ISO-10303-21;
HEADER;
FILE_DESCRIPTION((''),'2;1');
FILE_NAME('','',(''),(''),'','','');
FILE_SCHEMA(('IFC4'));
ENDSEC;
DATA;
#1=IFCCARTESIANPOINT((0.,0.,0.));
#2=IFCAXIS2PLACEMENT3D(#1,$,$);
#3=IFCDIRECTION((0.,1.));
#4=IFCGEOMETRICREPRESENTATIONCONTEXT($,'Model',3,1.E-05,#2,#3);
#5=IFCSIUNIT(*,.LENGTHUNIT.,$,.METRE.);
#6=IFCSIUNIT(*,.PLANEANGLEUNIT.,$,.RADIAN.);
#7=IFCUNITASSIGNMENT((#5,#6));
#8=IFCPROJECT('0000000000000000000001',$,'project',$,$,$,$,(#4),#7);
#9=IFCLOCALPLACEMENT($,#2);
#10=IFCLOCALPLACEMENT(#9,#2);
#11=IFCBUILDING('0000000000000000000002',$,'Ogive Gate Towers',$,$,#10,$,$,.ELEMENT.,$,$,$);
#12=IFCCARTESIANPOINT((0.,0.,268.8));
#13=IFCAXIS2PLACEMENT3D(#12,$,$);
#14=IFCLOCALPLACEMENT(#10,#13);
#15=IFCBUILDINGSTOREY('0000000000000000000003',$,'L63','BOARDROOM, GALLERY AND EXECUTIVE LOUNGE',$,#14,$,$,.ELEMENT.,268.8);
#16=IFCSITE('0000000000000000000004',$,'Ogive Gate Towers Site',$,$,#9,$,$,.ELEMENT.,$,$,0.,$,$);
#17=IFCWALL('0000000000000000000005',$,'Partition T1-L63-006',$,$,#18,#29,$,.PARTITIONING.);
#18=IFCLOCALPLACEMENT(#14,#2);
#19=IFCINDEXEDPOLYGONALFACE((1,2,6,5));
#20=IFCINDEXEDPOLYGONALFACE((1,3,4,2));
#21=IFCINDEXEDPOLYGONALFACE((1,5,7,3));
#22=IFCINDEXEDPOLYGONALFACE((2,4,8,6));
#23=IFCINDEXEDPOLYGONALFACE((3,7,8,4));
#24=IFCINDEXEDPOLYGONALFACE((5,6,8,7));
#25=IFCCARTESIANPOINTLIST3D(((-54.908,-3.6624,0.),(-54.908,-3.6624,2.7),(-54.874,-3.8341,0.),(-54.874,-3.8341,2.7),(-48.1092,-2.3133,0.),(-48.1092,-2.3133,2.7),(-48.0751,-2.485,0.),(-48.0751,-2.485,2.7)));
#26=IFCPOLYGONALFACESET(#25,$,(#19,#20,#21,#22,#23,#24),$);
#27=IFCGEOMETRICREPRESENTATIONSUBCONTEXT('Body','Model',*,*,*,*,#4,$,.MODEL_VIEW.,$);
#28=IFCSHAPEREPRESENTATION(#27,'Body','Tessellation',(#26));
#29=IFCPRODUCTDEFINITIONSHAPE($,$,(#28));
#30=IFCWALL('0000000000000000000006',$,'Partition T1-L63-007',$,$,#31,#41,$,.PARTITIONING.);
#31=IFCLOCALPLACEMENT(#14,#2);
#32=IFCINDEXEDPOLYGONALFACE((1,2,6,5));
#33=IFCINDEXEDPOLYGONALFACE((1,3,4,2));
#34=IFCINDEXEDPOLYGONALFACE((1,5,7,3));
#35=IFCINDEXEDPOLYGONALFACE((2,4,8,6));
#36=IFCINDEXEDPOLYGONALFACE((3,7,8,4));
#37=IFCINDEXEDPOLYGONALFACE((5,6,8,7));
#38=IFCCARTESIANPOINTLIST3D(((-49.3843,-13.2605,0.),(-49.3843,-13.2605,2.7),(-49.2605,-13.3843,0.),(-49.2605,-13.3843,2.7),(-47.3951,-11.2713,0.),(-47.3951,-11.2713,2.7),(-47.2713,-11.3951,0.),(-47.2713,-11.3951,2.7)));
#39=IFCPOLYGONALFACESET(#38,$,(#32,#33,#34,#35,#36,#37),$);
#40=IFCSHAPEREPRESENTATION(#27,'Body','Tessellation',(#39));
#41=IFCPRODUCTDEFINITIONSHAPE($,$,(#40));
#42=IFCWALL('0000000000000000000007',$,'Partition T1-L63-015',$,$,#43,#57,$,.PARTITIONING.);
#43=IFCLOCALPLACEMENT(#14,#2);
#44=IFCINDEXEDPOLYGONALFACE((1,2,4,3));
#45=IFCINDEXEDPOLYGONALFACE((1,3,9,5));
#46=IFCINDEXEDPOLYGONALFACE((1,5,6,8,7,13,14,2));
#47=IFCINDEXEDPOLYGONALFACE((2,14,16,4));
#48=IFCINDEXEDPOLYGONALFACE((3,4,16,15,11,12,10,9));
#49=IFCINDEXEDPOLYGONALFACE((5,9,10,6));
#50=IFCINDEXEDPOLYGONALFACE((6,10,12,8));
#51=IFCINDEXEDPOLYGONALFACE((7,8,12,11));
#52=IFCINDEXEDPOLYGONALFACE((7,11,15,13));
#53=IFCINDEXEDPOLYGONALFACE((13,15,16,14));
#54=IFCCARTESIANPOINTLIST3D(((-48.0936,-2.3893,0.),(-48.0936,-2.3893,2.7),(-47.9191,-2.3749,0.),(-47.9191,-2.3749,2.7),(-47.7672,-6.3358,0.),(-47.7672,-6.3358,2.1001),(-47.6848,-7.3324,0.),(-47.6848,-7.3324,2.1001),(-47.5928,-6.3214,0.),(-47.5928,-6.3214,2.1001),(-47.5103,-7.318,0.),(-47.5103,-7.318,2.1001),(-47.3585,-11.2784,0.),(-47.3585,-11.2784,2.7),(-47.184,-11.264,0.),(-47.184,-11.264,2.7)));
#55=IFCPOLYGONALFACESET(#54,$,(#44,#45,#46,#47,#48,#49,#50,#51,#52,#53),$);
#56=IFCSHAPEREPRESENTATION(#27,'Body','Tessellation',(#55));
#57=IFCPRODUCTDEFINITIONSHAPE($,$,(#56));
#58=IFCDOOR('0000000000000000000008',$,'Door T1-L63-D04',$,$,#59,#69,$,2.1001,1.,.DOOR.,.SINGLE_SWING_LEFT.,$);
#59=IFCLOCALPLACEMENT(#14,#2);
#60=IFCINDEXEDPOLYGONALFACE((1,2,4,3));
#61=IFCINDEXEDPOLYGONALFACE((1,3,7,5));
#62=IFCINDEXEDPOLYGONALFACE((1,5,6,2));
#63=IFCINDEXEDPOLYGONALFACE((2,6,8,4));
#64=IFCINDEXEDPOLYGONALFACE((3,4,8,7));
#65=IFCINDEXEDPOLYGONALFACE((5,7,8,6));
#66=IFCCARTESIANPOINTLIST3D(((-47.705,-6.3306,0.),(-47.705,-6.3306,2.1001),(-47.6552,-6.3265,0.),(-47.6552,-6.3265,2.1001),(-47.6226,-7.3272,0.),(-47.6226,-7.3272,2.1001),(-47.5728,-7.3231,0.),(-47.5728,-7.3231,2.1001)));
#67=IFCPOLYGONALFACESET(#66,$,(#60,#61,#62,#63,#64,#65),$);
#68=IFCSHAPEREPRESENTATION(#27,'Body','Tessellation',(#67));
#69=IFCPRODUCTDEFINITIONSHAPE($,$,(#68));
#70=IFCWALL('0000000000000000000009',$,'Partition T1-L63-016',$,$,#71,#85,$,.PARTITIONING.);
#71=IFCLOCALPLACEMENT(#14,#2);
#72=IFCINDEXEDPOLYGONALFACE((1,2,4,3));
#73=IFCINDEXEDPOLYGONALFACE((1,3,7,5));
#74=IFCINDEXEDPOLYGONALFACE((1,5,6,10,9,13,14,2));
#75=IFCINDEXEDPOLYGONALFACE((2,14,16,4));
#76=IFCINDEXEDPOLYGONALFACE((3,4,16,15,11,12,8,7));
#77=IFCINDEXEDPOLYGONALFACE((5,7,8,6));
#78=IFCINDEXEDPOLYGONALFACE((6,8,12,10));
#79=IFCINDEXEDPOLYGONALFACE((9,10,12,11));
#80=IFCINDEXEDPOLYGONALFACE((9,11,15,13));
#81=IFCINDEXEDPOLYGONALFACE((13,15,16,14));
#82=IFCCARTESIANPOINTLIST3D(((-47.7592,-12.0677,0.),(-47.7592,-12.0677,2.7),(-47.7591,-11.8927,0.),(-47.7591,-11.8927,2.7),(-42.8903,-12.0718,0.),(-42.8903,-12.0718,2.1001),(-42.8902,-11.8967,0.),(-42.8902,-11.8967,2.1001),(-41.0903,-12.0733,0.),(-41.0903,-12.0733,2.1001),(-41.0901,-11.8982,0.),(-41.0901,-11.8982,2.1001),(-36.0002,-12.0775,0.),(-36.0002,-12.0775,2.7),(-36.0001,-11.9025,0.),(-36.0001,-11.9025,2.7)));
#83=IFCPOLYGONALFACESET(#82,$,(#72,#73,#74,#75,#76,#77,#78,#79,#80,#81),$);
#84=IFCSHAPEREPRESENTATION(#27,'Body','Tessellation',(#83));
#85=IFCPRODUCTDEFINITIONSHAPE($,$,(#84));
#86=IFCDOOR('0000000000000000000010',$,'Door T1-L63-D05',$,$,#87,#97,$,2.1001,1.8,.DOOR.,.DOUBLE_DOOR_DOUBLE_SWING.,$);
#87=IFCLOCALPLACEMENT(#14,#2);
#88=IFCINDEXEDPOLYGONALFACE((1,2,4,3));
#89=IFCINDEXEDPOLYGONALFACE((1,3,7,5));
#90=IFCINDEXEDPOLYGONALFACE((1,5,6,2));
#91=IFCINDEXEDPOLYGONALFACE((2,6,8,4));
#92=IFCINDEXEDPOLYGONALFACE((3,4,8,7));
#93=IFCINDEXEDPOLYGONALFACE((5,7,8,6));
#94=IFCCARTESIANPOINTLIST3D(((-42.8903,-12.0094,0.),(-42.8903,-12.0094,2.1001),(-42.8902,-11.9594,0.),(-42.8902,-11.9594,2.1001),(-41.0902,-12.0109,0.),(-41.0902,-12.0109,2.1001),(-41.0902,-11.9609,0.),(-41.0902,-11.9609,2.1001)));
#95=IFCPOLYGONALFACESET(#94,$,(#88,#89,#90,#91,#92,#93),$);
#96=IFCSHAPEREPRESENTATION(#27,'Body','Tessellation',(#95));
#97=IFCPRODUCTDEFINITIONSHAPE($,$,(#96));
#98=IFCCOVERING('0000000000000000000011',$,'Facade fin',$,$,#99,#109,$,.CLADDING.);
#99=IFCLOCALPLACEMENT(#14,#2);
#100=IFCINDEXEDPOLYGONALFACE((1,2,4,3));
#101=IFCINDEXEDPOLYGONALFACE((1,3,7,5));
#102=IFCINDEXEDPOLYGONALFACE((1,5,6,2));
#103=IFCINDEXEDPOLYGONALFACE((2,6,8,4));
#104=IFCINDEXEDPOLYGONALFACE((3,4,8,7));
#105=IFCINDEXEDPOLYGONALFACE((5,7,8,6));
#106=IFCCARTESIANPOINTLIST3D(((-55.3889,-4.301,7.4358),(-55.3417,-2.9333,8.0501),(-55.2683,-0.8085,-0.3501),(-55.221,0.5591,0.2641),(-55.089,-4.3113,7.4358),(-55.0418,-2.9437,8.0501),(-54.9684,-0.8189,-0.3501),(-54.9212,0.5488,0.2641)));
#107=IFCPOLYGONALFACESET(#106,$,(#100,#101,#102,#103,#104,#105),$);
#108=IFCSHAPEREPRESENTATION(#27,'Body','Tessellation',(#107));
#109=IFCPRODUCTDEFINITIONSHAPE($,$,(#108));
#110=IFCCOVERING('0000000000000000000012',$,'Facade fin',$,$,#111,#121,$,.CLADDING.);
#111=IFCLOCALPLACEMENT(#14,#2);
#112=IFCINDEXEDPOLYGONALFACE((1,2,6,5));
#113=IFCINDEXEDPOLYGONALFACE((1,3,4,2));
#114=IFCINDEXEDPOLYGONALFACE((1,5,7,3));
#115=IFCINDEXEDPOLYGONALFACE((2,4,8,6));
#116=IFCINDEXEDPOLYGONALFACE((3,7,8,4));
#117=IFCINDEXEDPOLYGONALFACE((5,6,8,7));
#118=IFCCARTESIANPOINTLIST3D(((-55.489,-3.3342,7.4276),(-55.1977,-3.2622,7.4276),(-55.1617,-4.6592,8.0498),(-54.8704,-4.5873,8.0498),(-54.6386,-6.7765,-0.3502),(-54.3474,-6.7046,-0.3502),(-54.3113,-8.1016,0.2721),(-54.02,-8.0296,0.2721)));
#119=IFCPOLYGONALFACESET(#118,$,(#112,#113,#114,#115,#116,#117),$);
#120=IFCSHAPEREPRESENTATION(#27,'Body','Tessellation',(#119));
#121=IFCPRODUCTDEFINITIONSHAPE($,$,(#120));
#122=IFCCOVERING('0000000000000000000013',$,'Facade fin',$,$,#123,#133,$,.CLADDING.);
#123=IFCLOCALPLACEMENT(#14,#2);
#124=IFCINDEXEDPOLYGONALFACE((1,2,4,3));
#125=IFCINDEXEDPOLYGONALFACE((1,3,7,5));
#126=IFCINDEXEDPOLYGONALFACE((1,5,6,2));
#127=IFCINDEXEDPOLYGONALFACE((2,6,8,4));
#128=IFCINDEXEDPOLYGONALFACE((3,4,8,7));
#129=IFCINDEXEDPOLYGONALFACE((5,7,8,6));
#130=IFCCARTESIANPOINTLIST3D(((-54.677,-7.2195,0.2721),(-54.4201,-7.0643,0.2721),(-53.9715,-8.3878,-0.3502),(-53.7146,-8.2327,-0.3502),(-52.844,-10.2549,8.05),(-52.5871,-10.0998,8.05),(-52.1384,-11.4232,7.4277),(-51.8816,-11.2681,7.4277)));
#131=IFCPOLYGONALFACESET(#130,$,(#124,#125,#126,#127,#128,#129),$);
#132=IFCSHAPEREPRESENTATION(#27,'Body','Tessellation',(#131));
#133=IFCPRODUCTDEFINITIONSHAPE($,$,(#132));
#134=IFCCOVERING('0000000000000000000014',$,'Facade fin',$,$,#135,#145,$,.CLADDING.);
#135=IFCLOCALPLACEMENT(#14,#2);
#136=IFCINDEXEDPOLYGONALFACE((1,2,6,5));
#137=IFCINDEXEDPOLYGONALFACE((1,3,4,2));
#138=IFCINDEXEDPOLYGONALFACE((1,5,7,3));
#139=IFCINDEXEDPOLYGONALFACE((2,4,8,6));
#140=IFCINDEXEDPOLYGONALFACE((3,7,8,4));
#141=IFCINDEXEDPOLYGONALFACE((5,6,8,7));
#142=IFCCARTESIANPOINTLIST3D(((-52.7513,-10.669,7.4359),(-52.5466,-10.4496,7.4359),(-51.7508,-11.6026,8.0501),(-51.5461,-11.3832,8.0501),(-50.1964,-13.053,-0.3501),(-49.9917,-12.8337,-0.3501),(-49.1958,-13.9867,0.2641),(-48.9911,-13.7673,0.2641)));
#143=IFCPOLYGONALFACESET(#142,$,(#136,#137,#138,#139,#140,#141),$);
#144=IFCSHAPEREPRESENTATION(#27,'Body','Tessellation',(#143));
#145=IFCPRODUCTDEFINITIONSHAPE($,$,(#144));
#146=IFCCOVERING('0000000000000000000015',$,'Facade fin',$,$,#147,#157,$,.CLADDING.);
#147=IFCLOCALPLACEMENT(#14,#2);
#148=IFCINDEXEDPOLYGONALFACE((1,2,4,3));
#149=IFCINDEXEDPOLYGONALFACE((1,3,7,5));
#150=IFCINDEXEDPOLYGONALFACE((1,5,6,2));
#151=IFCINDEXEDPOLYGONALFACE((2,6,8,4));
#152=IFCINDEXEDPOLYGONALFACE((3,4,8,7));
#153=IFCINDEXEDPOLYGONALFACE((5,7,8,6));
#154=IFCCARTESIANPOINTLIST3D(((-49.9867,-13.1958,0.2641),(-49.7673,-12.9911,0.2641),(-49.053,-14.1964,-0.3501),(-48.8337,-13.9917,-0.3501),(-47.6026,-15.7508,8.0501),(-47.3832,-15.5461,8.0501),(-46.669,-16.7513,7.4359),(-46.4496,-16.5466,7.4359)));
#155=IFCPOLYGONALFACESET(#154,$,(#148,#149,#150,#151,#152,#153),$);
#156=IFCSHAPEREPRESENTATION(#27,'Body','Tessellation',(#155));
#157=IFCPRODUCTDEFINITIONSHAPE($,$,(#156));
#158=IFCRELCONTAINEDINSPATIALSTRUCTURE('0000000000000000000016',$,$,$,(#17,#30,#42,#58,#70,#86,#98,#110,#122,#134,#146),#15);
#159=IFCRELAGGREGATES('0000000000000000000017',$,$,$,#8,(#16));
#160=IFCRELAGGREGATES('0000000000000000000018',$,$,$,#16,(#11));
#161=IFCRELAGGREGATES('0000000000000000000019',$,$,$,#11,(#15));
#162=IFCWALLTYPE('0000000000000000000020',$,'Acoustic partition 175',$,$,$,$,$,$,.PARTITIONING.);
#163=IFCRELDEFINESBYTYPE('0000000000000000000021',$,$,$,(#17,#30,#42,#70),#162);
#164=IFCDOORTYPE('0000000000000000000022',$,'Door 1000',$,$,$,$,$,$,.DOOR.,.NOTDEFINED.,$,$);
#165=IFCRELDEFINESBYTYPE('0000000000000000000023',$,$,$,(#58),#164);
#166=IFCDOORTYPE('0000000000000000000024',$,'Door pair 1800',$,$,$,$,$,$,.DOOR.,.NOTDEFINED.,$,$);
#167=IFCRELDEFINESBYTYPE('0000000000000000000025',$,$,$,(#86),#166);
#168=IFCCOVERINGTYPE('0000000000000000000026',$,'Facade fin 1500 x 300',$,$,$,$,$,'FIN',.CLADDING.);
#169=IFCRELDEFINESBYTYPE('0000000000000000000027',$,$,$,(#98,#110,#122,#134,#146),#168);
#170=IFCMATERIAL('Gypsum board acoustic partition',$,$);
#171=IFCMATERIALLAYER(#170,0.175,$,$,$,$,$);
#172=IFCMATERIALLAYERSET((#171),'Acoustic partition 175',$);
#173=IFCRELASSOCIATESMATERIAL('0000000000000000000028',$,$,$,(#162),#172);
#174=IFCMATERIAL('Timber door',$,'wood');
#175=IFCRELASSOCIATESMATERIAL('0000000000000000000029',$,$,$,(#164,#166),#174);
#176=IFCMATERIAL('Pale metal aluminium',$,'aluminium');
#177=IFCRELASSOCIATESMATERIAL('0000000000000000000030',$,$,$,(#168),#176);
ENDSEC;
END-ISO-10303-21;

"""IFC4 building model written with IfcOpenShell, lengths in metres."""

from ifc_helpers import new_model, si_unit, direction, frame, frame_2d, origin, origin_2d, place, context, subcontext, project, spatial, rectangle, extrude, material, layer, layer_set, material_profile, profile_set, type_object, element, fill, save


model = new_model("IFC4")

# Units and contexts
model_context = context("Model", 3, precision=1e-05, world=origin(), true_north=direction((0.0, 1.0)))
body_context = subcontext(model_context, "Body", "Model", "MODEL_VIEW")
ifc_project = project(units=[si_unit("LENGTHUNIT", "METRE"), si_unit("PLANEANGLEUNIT", "RADIAN")], contexts=[model_context])

# Site, building, storey
site_placement = place(None, origin())
site = spatial("IfcSite", under=ifc_project, at=site_placement, Name="Ogive Gate Towers Site", CompositionType="ELEMENT", RefElevation=0.0)
building_placement = place(site_placement, origin())
building = spatial("IfcBuilding", under=site, at=building_placement, Name="Ogive Gate Towers", CompositionType="ELEMENT")
storey_placement = place(building_placement, frame((0.0, 0.0, 268.8)))
storey = spatial("IfcBuildingStorey", under=building, at=storey_placement, Name="L63", Description="BOARDROOM, GALLERY AND EXECUTIVE LOUNGE", CompositionType="ELEMENT", Elevation=268.8)

# Shared definitions
ifc_material_1 = material(Name="Pale metal aluminium", Category="aluminium")

# Walls
ifc_material_2 = material(Name="Gypsum board acoustic partition")
ifc_layer_1 = layer(ifc_material_2, 0.175)
ifc_layer_set_1 = layer_set([ifc_layer_1], Name="Acoustic partition 175")
wall_type = type_object("IfcWallType", Name="Acoustic partition 175", PredefinedType="PARTITIONING", material=ifc_layer_set_1)
wall_1_placement = place(storey_placement, frame((-54.8911, -3.7483, 0.0), z_axis=(0.0, 0.0, 1.0), x_axis=(0.980875, 0.194639, 0.0)))
element("IfcWall", 1, at=wall_1_placement, inside=storey, type_object=wall_type, Name="Partition T1-L63-006", PredefinedType="PARTITIONING", context=body_context, shape_type="SweptSolid", body=[
    extrude(rectangle(XDim=6.9314, YDim=0.175, at=frame_2d((3.4658, 0.0))), origin(), (0.0, 0.0, 1.0), 2.7),
])
wall_2_placement = place(storey_placement, frame((-49.3225, -13.3225, 0.0), z_axis=(0.0, 0.0, 1.0), x_axis=(0.707107, 0.707107, 0.0)))
element("IfcWall", 2, at=wall_2_placement, inside=storey, type_object=wall_type, Name="Partition T1-L63-007", PredefinedType="PARTITIONING", context=body_context, shape_type="SweptSolid", body=[
    extrude(rectangle(XDim=2.8132, YDim=0.175, at=frame_2d((1.4067, 0.0))), origin(), (0.0, 0.0, 1.0), 2.7),
])

# Walls, openings, doors
wall_3_placement = place(storey_placement, frame((-48.0063, -2.3821, 0.0), z_axis=(0.0, 0.0, 1.0), x_axis=(0.082416, -0.996598, 0.0)))
wall_3 = element("IfcWall", 3, at=wall_3_placement, inside=storey, type_object=wall_type, Name="Partition T1-L63-015", PredefinedType="PARTITIONING", context=body_context, shape_type="SweptSolid", body=[
    extrude(rectangle(XDim=8.9194, YDim=0.175, at=frame_2d((4.4597, 0.0))), origin(), (0.0, 0.0, 1.0), 2.7),
])
opening_1_placement = place(wall_3_placement, frame((3.96, 0.0, 0.0)))
opening_1 = element("IfcOpeningElement", 4, at=opening_1_placement, cuts=wall_3, PredefinedType="OPENING", context=body_context, shape_type="SweptSolid", body=[
    extrude(rectangle(XDim=1.0, YDim=2.1001, at=frame_2d((0.5, 1.05))), frame((0.0, 0.0977, 0.0), z_axis=(0.0, -1.0, 0.0), x_axis=(1.0, 0.0, 0.0)), (0.0, 0.0, 1.0), 0.1951),
])
ifc_material_3 = material(Name="Timber door", Category="wood")
door_type_1 = type_object("IfcDoorType", Name="Door 1000", OperationType="NOTDEFINED", PredefinedType="DOOR", material=ifc_material_3)
door_1_placement = place(opening_1_placement, origin())
door_1 = element("IfcDoor", 5, at=door_1_placement, inside=storey, type_object=door_type_1, Name="Door T1-L63-D04", OperationType="SINGLE_SWING_LEFT", OverallHeight=2.1001, OverallWidth=1.0, PredefinedType="DOOR", context=body_context, shape_type="SweptSolid", body=[
    extrude(rectangle(XDim=1.0, YDim=2.1001, at=frame_2d((0.5, 1.05))), frame((0.0, 0.0249, 0.0), z_axis=(0.0, -1.0, 0.0), x_axis=(1.0, 0.0, 0.0)), (0.0, 0.0, 1.0), 0.05),
])
fill(opening_1, door_1)
wall_4_placement = place(storey_placement, frame((-47.759, -11.9802, 0.0), z_axis=(0.0, 0.0, 1.0), x_axis=(1.0, -0.00083, 0.0)))
wall_4 = element("IfcWall", 6, at=wall_4_placement, inside=storey, type_object=wall_type, Name="Partition T1-L63-016", PredefinedType="PARTITIONING", context=body_context, shape_type="SweptSolid", body=[
    extrude(rectangle(XDim=11.759, YDim=0.175, at=frame_2d((5.8794, 0.0))), origin(), (0.0, 0.0, 1.0), 2.7),
])
opening_2_placement = place(wall_4_placement, frame((4.8689, 0.0, 0.0)))
opening_2 = element("IfcOpeningElement", 7, at=opening_2_placement, cuts=wall_4, PredefinedType="OPENING", context=body_context, shape_type="SweptSolid", body=[
    extrude(rectangle(XDim=1.8, YDim=2.1001, at=frame_2d((0.8999, 1.05))), frame((0.0, 0.0977, 0.0), z_axis=(0.0, -1.0, 0.0), x_axis=(1.0, 0.0, 0.0)), (0.0, 0.0, 1.0), 0.1951),
])
door_type_2 = type_object("IfcDoorType", Name="Door pair 1800", OperationType="NOTDEFINED", PredefinedType="DOOR", material=ifc_material_3)
door_2_placement = place(opening_2_placement, origin())
door_2 = element("IfcDoor", 8, at=door_2_placement, inside=storey, type_object=door_type_2, Name="Door T1-L63-D05", OperationType="DOUBLE_DOOR_DOUBLE_SWING", OverallHeight=2.1001, OverallWidth=1.8, PredefinedType="DOOR", context=body_context, shape_type="SweptSolid", body=[
    extrude(rectangle(XDim=1.8, YDim=2.1001, at=frame_2d((0.8999, 1.05))), frame((0.0, 0.0249, 0.0), z_axis=(0.0, -1.0, 0.0), x_axis=(1.0, 0.0, 0.0)), (0.0, 0.0, 1.0), 0.05),
])
fill(opening_2, door_2)

# Coverings
ifc_material_profile_1 = material_profile(ifc_material_1, rectangle(XDim=0.3, YDim=1.5, at=origin_2d()), Name="1500 x 300 pale metal aluminium")
ifc_profile_set_1 = profile_set([ifc_material_profile_1], Name="Pale metal aluminium")
covering_type = type_object("IfcCoveringType", Name="Facade fin 1500 x 300", ElementType="FIN", PredefinedType="CLADDING", material=ifc_profile_set_1)
covering_1_placement = place(storey_placement, frame((-55.0947, -0.1299, -0.043), z_axis=(-0.014132, -0.40923, 0.912322), x_axis=(0.999404, -0.034513, 0.0)))
element("IfcCovering", 9, at=covering_1_placement, inside=storey, type_object=covering_type, Name="Facade fin", PredefinedType="CLADDING", context=body_context, shape_type="SweptSolid", body=[
    extrude(rectangle(XDim=0.3, YDim=1.5, at=origin_2d()), origin(), (0.0, 0.0, 1.0), 8.5342),
])
covering_2_placement = place(storey_placement, frame((-54.3293, -7.4031, -0.0391), z_axis=(-0.099479, 0.402714, 0.909904), x_axis=(-0.970819, -0.239813, 0.0)))
element("IfcCovering", 10, at=covering_2_placement, inside=storey, type_object=covering_type, Name="Facade fin", PredefinedType="CLADDING", context=body_context, shape_type="SweptSolid", body=[
    extrude(rectangle(XDim=0.3, YDim=1.5, at=origin_2d()), origin(), (0.0, 0.0, 1.0), 8.5479),
])
covering_3_placement = place(storey_placement, frame((-54.1958, -7.7261, -0.0391), z_axis=(0.214437, -0.355101, 0.909901), x_axis=(0.856025, 0.516934, 0.0)))
element("IfcCovering", 11, at=covering_3_placement, inside=storey, type_object=covering_type, Name="Facade fin", PredefinedType="CLADDING", context=body_context, shape_type="SweptSolid", body=[
    extrude(rectangle(XDim=0.3, YDim=1.5, at=origin_2d()), origin(), (0.0, 0.0, 1.0), 8.5481),
])
for number, where, z_axis, x_axis, name in (
    (12, (-49.5938, -13.4102, -0.043), (-0.299378, 0.279353, 0.912324), (-0.682231, -0.731137, 0.0), "Facade fin"),
    (13, (-49.4102, -13.5938, -0.043), (0.279353, -0.299378, 0.912324), (0.731137, 0.682231, 0.0), "Facade fin"),
):
    element("IfcCovering", number, at=place(storey_placement, frame(where, z_axis=z_axis, x_axis=x_axis)), inside=storey, type_object=covering_type, Name=name, PredefinedType="CLADDING", context=body_context, shape_type="SweptSolid", body=[
        extrude(rectangle(XDim=0.3, YDim=1.5, at=origin_2d()), origin(), (0.0, 0.0, 1.0), 8.5342),
    ])

save(model, "model.ifc")
